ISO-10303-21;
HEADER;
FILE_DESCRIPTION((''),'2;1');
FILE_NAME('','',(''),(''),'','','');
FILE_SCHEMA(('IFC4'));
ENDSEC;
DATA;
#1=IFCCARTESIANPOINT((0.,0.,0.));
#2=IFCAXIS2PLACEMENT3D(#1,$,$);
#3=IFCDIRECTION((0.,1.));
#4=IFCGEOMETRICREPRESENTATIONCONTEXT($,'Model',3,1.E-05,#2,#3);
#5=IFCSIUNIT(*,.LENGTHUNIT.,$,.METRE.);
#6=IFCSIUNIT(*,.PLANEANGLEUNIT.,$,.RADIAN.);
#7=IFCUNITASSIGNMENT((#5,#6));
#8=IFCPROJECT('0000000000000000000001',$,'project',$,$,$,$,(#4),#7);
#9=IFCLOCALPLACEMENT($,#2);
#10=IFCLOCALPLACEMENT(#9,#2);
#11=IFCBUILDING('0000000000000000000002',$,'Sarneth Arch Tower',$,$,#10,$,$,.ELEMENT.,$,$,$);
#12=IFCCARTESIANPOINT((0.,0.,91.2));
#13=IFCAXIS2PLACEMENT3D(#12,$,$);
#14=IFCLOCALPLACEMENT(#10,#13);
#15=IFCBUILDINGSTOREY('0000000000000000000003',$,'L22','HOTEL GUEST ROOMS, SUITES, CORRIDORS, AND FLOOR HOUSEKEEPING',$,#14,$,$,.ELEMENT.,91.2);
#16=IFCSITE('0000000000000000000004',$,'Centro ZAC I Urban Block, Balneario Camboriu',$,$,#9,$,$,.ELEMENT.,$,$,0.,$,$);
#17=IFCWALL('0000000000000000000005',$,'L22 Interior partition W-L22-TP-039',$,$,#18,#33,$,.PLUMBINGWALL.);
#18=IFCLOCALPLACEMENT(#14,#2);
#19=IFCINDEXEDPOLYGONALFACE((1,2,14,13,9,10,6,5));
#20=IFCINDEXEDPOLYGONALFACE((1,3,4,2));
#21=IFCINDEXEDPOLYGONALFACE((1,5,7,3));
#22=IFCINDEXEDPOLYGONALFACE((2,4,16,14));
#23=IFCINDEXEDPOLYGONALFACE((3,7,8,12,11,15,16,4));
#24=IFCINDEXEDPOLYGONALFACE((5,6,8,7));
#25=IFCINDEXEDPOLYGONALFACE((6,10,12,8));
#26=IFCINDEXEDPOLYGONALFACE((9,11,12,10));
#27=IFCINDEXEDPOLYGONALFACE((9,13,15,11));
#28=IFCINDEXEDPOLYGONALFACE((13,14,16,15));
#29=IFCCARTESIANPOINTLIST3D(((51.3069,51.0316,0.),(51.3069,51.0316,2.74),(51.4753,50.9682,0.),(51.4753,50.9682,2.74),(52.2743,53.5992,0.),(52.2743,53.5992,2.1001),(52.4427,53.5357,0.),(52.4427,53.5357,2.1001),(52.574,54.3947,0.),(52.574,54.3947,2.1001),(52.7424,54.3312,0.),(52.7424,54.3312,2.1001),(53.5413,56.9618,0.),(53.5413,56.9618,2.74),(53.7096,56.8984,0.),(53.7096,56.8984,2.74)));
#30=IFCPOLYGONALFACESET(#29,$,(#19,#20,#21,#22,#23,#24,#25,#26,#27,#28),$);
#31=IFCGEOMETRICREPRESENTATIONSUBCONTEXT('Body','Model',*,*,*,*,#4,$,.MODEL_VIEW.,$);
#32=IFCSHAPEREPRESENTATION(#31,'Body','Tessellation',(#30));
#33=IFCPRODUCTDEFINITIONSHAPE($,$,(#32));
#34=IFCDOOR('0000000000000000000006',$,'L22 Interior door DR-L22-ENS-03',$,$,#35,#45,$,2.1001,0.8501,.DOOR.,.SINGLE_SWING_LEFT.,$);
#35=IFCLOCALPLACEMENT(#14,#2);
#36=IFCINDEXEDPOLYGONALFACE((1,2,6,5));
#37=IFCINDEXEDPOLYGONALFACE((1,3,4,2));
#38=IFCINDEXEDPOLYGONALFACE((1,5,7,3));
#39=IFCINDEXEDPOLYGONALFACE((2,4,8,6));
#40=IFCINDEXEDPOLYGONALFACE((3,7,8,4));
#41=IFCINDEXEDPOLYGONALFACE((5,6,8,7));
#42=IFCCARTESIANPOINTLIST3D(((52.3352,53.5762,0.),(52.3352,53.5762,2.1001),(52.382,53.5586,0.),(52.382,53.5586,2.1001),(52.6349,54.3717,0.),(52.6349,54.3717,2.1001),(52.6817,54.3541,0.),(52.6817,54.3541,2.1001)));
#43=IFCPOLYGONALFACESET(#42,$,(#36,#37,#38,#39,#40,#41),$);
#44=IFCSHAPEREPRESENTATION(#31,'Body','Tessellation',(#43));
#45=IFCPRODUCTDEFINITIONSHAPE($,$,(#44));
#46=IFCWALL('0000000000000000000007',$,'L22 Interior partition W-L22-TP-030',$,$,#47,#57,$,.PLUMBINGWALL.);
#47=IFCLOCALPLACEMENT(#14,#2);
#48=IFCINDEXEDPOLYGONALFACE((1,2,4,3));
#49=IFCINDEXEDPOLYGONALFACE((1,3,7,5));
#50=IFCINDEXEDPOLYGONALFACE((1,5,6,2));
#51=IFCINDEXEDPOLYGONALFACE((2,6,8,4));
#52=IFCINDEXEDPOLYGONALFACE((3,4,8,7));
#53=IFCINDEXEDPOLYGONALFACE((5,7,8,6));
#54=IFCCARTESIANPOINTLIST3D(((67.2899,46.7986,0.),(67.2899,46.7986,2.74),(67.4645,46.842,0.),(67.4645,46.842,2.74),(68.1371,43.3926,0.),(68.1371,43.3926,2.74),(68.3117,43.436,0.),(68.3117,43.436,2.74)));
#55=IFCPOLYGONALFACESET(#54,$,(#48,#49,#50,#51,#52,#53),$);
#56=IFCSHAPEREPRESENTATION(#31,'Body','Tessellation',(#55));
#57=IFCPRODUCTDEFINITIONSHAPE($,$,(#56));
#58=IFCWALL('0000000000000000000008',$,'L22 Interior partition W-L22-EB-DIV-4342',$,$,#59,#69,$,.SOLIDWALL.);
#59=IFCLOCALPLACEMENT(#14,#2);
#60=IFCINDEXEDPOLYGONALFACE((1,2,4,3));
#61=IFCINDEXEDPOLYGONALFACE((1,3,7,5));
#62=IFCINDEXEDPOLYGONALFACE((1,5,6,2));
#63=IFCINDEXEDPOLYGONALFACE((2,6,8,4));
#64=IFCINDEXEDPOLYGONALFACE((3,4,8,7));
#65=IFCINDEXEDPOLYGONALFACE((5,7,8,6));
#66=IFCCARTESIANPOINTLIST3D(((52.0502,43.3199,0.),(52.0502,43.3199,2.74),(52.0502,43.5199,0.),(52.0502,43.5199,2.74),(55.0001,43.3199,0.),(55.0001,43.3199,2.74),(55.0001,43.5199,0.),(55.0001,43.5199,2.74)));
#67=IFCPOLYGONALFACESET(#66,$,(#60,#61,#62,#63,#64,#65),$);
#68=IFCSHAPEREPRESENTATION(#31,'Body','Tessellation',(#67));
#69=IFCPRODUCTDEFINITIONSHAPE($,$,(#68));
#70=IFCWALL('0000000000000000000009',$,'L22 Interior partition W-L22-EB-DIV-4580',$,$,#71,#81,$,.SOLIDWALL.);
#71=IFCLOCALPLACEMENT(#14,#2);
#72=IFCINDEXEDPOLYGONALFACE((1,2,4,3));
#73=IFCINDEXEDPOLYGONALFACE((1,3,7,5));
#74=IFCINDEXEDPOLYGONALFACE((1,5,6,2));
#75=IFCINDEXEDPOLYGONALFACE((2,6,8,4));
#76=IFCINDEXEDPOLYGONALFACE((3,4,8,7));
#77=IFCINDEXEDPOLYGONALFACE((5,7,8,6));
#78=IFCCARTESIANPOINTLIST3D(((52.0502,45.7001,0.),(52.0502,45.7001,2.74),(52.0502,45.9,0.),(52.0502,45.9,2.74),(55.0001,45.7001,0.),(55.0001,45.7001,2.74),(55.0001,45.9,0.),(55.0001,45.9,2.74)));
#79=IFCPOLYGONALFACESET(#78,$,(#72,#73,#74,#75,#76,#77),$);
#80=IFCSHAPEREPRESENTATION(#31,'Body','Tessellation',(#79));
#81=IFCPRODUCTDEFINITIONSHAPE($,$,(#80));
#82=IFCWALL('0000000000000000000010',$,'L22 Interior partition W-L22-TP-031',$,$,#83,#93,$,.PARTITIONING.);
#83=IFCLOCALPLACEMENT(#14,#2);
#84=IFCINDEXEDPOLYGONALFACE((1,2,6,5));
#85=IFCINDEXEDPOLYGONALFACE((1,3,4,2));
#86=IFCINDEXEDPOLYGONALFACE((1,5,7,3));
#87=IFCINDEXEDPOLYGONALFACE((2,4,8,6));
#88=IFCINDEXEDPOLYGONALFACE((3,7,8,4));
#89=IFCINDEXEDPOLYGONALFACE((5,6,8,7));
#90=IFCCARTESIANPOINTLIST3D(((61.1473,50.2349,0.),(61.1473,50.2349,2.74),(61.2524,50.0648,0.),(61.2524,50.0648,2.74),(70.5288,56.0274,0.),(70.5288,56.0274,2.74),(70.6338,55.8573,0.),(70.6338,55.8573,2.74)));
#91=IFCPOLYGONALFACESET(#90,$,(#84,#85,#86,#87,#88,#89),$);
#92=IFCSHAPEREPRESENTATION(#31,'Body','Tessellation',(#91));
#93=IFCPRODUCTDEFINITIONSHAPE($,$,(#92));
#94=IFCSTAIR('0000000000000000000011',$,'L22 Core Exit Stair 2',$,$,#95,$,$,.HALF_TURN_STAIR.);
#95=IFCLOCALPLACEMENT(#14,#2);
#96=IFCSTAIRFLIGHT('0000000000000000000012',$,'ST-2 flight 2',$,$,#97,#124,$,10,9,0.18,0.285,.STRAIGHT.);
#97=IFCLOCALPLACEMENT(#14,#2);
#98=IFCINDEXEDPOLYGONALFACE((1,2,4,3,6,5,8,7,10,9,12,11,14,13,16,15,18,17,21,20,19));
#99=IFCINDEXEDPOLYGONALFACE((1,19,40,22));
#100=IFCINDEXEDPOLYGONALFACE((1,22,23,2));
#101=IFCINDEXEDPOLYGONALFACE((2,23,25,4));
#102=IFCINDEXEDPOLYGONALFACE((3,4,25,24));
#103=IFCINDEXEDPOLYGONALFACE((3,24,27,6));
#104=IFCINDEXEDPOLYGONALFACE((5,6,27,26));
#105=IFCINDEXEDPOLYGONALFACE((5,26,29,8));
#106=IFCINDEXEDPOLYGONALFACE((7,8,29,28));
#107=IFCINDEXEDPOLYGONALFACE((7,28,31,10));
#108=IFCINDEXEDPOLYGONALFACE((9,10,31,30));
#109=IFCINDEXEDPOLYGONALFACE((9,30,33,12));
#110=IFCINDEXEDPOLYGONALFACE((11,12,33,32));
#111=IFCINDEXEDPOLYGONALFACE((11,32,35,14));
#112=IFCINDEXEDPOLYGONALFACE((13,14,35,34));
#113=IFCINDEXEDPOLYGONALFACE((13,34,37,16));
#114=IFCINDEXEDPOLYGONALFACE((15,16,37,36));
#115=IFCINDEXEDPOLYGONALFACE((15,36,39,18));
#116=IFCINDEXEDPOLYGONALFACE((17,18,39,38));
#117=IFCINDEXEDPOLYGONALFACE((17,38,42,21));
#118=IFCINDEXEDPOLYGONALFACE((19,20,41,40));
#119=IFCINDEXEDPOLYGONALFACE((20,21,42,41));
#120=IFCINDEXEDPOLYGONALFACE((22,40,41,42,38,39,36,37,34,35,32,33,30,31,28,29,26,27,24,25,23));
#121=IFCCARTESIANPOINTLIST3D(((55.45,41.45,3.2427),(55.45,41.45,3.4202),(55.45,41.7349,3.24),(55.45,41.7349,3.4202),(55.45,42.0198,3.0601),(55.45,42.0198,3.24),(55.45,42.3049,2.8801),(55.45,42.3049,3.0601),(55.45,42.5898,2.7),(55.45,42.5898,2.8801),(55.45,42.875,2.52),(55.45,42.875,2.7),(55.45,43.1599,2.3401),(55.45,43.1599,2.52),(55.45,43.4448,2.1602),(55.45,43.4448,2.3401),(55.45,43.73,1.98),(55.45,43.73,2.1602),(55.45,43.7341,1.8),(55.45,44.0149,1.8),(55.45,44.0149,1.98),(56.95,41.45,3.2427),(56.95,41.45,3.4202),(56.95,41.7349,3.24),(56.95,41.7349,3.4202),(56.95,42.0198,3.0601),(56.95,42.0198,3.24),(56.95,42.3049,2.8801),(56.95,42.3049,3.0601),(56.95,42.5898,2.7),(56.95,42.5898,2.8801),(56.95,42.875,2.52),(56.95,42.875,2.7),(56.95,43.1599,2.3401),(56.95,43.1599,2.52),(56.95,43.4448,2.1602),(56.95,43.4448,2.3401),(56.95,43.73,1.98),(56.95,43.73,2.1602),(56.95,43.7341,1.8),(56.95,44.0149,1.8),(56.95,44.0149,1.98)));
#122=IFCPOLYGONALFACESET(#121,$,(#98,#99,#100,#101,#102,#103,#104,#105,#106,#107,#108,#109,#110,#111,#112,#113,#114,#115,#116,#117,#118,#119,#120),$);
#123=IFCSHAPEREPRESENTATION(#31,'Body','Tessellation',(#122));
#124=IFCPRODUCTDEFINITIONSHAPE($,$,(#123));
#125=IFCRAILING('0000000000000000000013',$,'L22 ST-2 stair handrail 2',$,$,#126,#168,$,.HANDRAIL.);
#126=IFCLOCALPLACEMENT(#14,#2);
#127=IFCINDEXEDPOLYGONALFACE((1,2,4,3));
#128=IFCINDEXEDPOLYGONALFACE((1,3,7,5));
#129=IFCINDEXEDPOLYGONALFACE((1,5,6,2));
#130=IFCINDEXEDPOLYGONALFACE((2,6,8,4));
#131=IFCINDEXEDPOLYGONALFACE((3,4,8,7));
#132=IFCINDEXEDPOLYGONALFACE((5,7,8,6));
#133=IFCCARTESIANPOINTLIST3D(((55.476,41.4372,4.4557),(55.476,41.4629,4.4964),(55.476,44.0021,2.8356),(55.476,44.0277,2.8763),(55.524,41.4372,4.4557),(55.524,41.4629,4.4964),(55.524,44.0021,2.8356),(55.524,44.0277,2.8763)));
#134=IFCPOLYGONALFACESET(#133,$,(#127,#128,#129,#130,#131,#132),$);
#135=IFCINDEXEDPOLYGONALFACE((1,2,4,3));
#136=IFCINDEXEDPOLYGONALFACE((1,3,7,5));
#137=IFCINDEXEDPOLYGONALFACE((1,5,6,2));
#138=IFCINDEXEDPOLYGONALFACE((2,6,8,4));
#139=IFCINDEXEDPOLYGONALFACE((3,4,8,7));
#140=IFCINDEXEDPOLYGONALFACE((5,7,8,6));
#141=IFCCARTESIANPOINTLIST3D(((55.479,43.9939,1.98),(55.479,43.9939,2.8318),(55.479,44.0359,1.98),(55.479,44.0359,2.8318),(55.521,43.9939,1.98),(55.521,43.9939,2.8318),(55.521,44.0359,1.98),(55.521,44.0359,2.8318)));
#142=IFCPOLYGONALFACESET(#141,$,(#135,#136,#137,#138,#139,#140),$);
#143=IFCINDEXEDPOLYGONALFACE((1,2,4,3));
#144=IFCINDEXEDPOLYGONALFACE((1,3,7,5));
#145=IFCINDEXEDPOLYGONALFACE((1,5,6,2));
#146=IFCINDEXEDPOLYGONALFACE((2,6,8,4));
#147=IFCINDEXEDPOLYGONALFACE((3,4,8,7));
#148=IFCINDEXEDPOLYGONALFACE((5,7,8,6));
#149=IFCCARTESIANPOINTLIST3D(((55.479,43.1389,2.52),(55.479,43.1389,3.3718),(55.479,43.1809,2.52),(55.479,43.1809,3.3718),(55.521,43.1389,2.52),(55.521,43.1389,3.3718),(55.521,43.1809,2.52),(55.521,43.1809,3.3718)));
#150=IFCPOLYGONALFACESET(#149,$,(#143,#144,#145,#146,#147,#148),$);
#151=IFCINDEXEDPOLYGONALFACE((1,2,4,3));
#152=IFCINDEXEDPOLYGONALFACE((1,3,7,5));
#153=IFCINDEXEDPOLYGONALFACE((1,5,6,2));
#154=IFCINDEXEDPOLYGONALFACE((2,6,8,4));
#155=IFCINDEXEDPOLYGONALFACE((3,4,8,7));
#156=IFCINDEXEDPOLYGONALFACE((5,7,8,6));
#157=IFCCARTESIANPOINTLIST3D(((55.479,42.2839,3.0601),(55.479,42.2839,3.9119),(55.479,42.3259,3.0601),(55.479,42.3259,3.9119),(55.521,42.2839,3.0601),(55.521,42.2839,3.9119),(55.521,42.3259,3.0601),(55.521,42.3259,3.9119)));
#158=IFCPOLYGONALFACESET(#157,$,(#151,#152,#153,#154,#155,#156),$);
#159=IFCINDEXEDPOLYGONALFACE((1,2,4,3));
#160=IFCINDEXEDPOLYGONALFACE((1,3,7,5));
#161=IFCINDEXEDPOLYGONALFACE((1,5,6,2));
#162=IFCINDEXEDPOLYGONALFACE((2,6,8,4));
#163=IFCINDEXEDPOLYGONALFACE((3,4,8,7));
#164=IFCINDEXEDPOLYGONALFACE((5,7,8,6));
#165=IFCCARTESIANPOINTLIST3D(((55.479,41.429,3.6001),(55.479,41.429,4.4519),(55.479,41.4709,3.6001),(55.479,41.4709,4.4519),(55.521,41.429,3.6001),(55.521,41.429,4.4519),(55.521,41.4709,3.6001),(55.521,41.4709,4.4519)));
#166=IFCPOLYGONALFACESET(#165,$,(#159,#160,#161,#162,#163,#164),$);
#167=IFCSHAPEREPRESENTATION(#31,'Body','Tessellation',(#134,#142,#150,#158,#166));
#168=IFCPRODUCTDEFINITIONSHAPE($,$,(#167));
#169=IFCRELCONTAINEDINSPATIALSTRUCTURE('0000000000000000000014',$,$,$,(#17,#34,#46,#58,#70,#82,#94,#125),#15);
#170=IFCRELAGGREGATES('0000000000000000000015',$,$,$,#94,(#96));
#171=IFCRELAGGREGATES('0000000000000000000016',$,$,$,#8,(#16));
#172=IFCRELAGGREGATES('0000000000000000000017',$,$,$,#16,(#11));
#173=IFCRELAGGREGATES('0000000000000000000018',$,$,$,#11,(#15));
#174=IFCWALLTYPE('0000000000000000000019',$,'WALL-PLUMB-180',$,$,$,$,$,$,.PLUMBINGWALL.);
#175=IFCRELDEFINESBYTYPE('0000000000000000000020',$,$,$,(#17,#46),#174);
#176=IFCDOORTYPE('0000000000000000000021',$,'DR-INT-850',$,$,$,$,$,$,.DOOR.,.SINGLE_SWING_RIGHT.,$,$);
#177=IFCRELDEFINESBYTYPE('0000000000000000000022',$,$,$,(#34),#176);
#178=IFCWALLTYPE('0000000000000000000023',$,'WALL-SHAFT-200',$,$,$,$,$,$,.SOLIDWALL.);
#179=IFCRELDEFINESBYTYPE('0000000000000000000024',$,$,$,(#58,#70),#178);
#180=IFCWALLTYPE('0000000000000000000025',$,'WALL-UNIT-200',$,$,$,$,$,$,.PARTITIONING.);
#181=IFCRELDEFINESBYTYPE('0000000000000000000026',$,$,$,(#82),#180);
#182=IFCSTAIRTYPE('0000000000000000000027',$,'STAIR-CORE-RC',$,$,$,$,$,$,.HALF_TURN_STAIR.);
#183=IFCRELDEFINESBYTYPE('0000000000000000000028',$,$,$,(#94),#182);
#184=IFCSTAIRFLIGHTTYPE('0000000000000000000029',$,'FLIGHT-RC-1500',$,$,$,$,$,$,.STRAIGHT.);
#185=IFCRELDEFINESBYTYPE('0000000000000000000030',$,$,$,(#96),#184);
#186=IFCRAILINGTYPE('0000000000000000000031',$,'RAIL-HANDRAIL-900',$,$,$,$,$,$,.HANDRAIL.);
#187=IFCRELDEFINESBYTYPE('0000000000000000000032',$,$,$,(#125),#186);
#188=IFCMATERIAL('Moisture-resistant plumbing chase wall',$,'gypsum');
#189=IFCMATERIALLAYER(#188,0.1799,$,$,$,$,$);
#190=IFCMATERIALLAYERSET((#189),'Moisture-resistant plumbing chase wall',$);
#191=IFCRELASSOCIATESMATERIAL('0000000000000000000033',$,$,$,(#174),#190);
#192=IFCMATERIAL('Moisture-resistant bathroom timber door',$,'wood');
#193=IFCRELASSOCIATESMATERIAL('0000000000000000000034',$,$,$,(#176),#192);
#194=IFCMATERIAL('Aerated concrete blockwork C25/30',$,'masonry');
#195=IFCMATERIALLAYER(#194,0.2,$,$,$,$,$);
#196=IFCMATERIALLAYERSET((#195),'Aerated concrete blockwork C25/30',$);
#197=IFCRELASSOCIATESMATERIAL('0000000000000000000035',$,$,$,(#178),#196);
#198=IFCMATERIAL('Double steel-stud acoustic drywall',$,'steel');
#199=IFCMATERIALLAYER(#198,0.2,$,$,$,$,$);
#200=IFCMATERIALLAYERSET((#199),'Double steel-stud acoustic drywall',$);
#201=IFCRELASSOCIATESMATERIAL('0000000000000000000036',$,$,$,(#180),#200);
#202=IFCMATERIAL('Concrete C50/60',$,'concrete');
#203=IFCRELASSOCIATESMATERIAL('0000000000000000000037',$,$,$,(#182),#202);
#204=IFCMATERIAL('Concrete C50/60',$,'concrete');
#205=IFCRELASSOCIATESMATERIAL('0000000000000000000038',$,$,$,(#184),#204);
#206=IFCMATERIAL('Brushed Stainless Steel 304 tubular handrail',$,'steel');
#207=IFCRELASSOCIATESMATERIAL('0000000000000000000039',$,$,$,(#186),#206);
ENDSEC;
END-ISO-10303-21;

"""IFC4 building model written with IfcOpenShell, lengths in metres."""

from ifc_helpers import new_model, si_unit, direction, frame, frame_2d, origin, origin_2d, place, context, subcontext, project, spatial, polyline, rectangle, outline, extrude, material, layer, layer_set, type_object, element, fill, aggregate, save


model = new_model("IFC4")

# Units and contexts
model_context = context("Model", 3, precision=1e-05, world=origin(), true_north=direction((0.0, 1.0)))
body_context = subcontext(model_context, "Body", "Model", "MODEL_VIEW")
ifc_project = project(units=[si_unit("LENGTHUNIT", "METRE"), si_unit("PLANEANGLEUNIT", "RADIAN")], contexts=[model_context])

# Site, building, storey
site_placement = place(None, origin())
site = spatial("IfcSite", under=ifc_project, at=site_placement, Name="Centro ZAC I Urban Block, Balneario Camboriu", CompositionType="ELEMENT", RefElevation=0.0)
building_placement = place(site_placement, origin())
building = spatial("IfcBuilding", under=site, at=building_placement, Name="Sarneth Arch Tower", CompositionType="ELEMENT")
storey_placement = place(building_placement, frame((0.0, 0.0, 91.2)))
storey = spatial("IfcBuildingStorey", under=building, at=storey_placement, Name="L22", Description="HOTEL GUEST ROOMS, SUITES, CORRIDORS, AND FLOOR HOUSEKEEPING", CompositionType="ELEMENT", Elevation=91.2)

# Wall, opening, door
ifc_material_1 = material(Name="Moisture-resistant plumbing chase wall", Category="gypsum")
ifc_layer_1 = layer(ifc_material_1, 0.1799)
ifc_layer_set_1 = layer_set([ifc_layer_1], Name="Moisture-resistant plumbing chase wall")
wall_type_1 = type_object("IfcWallType", Name="WALL-PLUMB-180", PredefinedType="PLUMBINGWALL", material=ifc_layer_set_1)
ifc_material_2 = material(Name="Moisture-resistant bathroom timber door", Category="wood")
door_type_1 = type_object("IfcDoorType", Name="DR-INT-850", OperationType="SINGLE_SWING_RIGHT", PredefinedType="DOOR", material=ifc_material_2)
wall_1_placement = place(storey_placement, frame((51.3911, 51.0, 0.0), z_axis=(0.0, 0.0, 1.0), x_axis=(0.352584, 0.93578, 0.0)))
wall_1 = element("IfcWall", 1, at=wall_1_placement, inside=storey, type_object=wall_type_1, Name="L22 Interior partition W-L22-TP-039", PredefinedType="PLUMBINGWALL", context=body_context, shape_type="SweptSolid", body=[
    extrude(rectangle(XDim=6.3372, YDim=0.1799, at=frame_2d((3.1685, 0.0))), origin(), (0.0, 0.0, 1.0), 2.74),
])
opening_1_placement = place(wall_1_placement, frame((2.7437, 0.0, 0.0)))
opening_1 = element("IfcOpeningElement", 2, at=opening_1_placement, cuts=wall_1, PredefinedType="OPENING", context=body_context, shape_type="SweptSolid", body=[
    extrude(rectangle(XDim=0.8501, YDim=2.1001, at=frame_2d((0.425, 1.05))), frame((0.0, 0.0999, 0.0), z_axis=(0.0, -1.0, 0.0), x_axis=(1.0, 0.0, 0.0)), (0.0, 0.0, 1.0), 0.2),
])
door_1_placement = place(opening_1_placement, origin())
door_1 = element("IfcDoor", 3, at=door_1_placement, inside=storey, type_object=door_type_1, Name="L22 Interior door DR-L22-ENS-03", OperationType="SINGLE_SWING_LEFT", OverallHeight=2.1001, OverallWidth=0.8501, PredefinedType="DOOR", context=body_context, shape_type="SweptSolid", body=[
    extrude(rectangle(XDim=0.8501, YDim=2.1001, at=frame_2d((0.425, 1.05))), frame((0.0, 0.0249, 0.0), z_axis=(0.0, -1.0, 0.0), x_axis=(1.0, 0.0, 0.0)), (0.0, 0.0, 1.0), 0.05),
])
fill(opening_1, door_1)

# Walls
wall_2_placement = place(storey_placement, frame((67.3772, 46.8203, 0.0), z_axis=(0.0, 0.0, 1.0), x_axis=(0.241373, -0.970432, 0.0)))
element("IfcWall", 4, at=wall_2_placement, inside=storey, type_object=wall_type_1, Name="L22 Interior partition W-L22-TP-030", PredefinedType="PLUMBINGWALL", context=body_context, shape_type="SweptSolid", body=[
    extrude(rectangle(XDim=3.5098, YDim=0.1799, at=frame_2d((1.7549, 0.0))), origin(), (0.0, 0.0, 1.0), 2.74),
])
ifc_material_3 = material(Name="Aerated concrete blockwork C25/30", Category="masonry")
ifc_layer_2 = layer(ifc_material_3, 0.2)
ifc_layer_set_2 = layer_set([ifc_layer_2], Name="Aerated concrete blockwork C25/30")
wall_type_2 = type_object("IfcWallType", Name="WALL-SHAFT-200", PredefinedType="SOLIDWALL", material=ifc_layer_set_2)
for number, where, z_axis, x_axis, name in (
    (5, (52.05, 43.4199, 0.0), (0.0, 0.0, 1.0), (1.0, 0.0, 0.0), "L22 Interior partition W-L22-EB-DIV-4342"),
    (6, (52.05, 45.8, 0.0), (0.0, 0.0, 1.0), (1.0, 0.0, 0.0), "L22 Interior partition W-L22-EB-DIV-4580"),
):
    element("IfcWall", number, at=place(storey_placement, frame(where, z_axis=z_axis, x_axis=x_axis)), inside=storey, type_object=wall_type_2, Name=name, PredefinedType="SOLIDWALL", context=body_context, shape_type="SweptSolid", body=[
        extrude(rectangle(XDim=2.95, YDim=0.2, at=frame_2d((1.4751, 0.0))), origin(), (0.0, 0.0, 1.0), 2.74),
    ])
ifc_material_4 = material(Name="Double steel-stud acoustic drywall", Category="steel")
ifc_layer_3 = layer(ifc_material_4, 0.2)
ifc_layer_set_3 = layer_set([ifc_layer_3], Name="Double steel-stud acoustic drywall")
wall_type_3 = type_object("IfcWallType", Name="WALL-UNIT-200", PredefinedType="PARTITIONING", material=ifc_layer_set_3)
wall_3_placement = place(storey_placement, frame((61.2, 50.1499, 0.0), z_axis=(0.0, 0.0, 1.0), x_axis=(0.850874, 0.525369, 0.0)))
element("IfcWall", 7, at=wall_3_placement, inside=storey, type_object=wall_type_3, Name="L22 Interior partition W-L22-TP-031", PredefinedType="PARTITIONING", context=body_context, shape_type="SweptSolid", body=[
    extrude(rectangle(XDim=11.0256, YDim=0.2, at=frame_2d((5.5127, 0.0))), origin(), (0.0, 0.0, 1.0), 2.74),
])

# Stair, stair flight
ifc_material_5 = material(Name="Concrete C50/60", Category="concrete")
stair_type = type_object("IfcStairType", Name="STAIR-CORE-RC", PredefinedType="HALF_TURN_STAIR", material=ifc_material_5)
stair_placement = place(storey_placement, origin())
stair = element("IfcStair", 8, at=stair_placement, inside=storey, type_object=stair_type, Name="L22 Core Exit Stair 2", PredefinedType="HALF_TURN_STAIR")
ifc_material_6 = material(Name="Concrete C50/60", Category="concrete")
stair_flight_type = type_object("IfcStairFlightType", Name="FLIGHT-RC-1500", PredefinedType="STRAIGHT", material=ifc_material_6)
stair_flight_placement = place(storey_placement, frame((56.2, 44.0149, 1.8), z_axis=(0.0, 0.0, 1.0), x_axis=(0.0, -1.0, 0.0)))
stair_flight = element("IfcStairFlight", 9, at=stair_flight_placement, type_object=stair_flight_type, Name="ST-2 flight 2", NumberOfRisers=10, NumberOfTreads=9, PredefinedType="STRAIGHT", RiserHeight=0.18, TreadLength=0.285, context=body_context, shape_type="SweptSolid", body=[
    extrude(outline(polyline([(0.0, 0.0), (0.0, 0.1799), (0.2849, 0.1799), (0.2849, 0.3601), (0.5701, 0.3601), (0.5701, 0.54), (0.855, 0.54), (0.855, 0.72), (1.1399, 0.72), (1.1399, 0.8999), (1.425, 0.8999), (1.425, 1.0801), (1.71, 1.0801), (1.71, 1.26), (1.9951, 1.26), (1.9951, 1.4399), (2.28, 1.4399), (2.28, 1.6201), (2.5649, 1.6201), (2.5649, 1.8), (2.5649, 1.4426), (0.2808, 0.0), (0.0, 0.0)])), frame((0.0, 0.75, 0.0), z_axis=(0.0, -1.0, 0.0), x_axis=(1.0, 0.0, 0.0)), (0.0, 0.0, 1.0), 1.5),
])
aggregate(stair, [stair_flight])

# Railing
ifc_material_7 = material(Name="Brushed Stainless Steel 304 tubular handrail", Category="steel")
railing_type_1 = type_object("IfcRailingType", Name="RAIL-HANDRAIL-900", PredefinedType="HANDRAIL", material=ifc_material_7)
railing_1_placement = place(storey_placement, frame((55.5, 44.0149, 1.98)))
element("IfcRailing", 10, at=railing_1_placement, inside=storey, type_object=railing_type_1, Name="L22 ST-2 stair handrail 2", PredefinedType="HANDRAIL", context=body_context, shape_type="SweptSolid", body=[
    extrude(rectangle(XDim=0.0481, YDim=0.0481, at=origin_2d()), frame((0.0, 0.0, 0.876), z_axis=(0.0, -0.845466, 0.534029), x_axis=(1.0, 0.0, 0.0)), (0.0, 0.0, 1.0), 3.0337),
    extrude(rectangle(XDim=0.042, YDim=0.042, at=origin_2d()), origin(), (0.0, 0.0, 1.0), 0.8518),
    extrude(rectangle(XDim=0.042, YDim=0.042, at=origin_2d()), frame((0.0, -0.855, 0.54)), (0.0, 0.0, 1.0), 0.8518),
    extrude(rectangle(XDim=0.042, YDim=0.042, at=origin_2d()), frame((0.0, -1.71, 1.0801)), (0.0, 0.0, 1.0), 0.8518),
    extrude(rectangle(XDim=0.042, YDim=0.042, at=origin_2d()), frame((0.0, -2.5649, 1.6201)), (0.0, 0.0, 1.0), 0.8518),
])

save(model, "model.ifc")
